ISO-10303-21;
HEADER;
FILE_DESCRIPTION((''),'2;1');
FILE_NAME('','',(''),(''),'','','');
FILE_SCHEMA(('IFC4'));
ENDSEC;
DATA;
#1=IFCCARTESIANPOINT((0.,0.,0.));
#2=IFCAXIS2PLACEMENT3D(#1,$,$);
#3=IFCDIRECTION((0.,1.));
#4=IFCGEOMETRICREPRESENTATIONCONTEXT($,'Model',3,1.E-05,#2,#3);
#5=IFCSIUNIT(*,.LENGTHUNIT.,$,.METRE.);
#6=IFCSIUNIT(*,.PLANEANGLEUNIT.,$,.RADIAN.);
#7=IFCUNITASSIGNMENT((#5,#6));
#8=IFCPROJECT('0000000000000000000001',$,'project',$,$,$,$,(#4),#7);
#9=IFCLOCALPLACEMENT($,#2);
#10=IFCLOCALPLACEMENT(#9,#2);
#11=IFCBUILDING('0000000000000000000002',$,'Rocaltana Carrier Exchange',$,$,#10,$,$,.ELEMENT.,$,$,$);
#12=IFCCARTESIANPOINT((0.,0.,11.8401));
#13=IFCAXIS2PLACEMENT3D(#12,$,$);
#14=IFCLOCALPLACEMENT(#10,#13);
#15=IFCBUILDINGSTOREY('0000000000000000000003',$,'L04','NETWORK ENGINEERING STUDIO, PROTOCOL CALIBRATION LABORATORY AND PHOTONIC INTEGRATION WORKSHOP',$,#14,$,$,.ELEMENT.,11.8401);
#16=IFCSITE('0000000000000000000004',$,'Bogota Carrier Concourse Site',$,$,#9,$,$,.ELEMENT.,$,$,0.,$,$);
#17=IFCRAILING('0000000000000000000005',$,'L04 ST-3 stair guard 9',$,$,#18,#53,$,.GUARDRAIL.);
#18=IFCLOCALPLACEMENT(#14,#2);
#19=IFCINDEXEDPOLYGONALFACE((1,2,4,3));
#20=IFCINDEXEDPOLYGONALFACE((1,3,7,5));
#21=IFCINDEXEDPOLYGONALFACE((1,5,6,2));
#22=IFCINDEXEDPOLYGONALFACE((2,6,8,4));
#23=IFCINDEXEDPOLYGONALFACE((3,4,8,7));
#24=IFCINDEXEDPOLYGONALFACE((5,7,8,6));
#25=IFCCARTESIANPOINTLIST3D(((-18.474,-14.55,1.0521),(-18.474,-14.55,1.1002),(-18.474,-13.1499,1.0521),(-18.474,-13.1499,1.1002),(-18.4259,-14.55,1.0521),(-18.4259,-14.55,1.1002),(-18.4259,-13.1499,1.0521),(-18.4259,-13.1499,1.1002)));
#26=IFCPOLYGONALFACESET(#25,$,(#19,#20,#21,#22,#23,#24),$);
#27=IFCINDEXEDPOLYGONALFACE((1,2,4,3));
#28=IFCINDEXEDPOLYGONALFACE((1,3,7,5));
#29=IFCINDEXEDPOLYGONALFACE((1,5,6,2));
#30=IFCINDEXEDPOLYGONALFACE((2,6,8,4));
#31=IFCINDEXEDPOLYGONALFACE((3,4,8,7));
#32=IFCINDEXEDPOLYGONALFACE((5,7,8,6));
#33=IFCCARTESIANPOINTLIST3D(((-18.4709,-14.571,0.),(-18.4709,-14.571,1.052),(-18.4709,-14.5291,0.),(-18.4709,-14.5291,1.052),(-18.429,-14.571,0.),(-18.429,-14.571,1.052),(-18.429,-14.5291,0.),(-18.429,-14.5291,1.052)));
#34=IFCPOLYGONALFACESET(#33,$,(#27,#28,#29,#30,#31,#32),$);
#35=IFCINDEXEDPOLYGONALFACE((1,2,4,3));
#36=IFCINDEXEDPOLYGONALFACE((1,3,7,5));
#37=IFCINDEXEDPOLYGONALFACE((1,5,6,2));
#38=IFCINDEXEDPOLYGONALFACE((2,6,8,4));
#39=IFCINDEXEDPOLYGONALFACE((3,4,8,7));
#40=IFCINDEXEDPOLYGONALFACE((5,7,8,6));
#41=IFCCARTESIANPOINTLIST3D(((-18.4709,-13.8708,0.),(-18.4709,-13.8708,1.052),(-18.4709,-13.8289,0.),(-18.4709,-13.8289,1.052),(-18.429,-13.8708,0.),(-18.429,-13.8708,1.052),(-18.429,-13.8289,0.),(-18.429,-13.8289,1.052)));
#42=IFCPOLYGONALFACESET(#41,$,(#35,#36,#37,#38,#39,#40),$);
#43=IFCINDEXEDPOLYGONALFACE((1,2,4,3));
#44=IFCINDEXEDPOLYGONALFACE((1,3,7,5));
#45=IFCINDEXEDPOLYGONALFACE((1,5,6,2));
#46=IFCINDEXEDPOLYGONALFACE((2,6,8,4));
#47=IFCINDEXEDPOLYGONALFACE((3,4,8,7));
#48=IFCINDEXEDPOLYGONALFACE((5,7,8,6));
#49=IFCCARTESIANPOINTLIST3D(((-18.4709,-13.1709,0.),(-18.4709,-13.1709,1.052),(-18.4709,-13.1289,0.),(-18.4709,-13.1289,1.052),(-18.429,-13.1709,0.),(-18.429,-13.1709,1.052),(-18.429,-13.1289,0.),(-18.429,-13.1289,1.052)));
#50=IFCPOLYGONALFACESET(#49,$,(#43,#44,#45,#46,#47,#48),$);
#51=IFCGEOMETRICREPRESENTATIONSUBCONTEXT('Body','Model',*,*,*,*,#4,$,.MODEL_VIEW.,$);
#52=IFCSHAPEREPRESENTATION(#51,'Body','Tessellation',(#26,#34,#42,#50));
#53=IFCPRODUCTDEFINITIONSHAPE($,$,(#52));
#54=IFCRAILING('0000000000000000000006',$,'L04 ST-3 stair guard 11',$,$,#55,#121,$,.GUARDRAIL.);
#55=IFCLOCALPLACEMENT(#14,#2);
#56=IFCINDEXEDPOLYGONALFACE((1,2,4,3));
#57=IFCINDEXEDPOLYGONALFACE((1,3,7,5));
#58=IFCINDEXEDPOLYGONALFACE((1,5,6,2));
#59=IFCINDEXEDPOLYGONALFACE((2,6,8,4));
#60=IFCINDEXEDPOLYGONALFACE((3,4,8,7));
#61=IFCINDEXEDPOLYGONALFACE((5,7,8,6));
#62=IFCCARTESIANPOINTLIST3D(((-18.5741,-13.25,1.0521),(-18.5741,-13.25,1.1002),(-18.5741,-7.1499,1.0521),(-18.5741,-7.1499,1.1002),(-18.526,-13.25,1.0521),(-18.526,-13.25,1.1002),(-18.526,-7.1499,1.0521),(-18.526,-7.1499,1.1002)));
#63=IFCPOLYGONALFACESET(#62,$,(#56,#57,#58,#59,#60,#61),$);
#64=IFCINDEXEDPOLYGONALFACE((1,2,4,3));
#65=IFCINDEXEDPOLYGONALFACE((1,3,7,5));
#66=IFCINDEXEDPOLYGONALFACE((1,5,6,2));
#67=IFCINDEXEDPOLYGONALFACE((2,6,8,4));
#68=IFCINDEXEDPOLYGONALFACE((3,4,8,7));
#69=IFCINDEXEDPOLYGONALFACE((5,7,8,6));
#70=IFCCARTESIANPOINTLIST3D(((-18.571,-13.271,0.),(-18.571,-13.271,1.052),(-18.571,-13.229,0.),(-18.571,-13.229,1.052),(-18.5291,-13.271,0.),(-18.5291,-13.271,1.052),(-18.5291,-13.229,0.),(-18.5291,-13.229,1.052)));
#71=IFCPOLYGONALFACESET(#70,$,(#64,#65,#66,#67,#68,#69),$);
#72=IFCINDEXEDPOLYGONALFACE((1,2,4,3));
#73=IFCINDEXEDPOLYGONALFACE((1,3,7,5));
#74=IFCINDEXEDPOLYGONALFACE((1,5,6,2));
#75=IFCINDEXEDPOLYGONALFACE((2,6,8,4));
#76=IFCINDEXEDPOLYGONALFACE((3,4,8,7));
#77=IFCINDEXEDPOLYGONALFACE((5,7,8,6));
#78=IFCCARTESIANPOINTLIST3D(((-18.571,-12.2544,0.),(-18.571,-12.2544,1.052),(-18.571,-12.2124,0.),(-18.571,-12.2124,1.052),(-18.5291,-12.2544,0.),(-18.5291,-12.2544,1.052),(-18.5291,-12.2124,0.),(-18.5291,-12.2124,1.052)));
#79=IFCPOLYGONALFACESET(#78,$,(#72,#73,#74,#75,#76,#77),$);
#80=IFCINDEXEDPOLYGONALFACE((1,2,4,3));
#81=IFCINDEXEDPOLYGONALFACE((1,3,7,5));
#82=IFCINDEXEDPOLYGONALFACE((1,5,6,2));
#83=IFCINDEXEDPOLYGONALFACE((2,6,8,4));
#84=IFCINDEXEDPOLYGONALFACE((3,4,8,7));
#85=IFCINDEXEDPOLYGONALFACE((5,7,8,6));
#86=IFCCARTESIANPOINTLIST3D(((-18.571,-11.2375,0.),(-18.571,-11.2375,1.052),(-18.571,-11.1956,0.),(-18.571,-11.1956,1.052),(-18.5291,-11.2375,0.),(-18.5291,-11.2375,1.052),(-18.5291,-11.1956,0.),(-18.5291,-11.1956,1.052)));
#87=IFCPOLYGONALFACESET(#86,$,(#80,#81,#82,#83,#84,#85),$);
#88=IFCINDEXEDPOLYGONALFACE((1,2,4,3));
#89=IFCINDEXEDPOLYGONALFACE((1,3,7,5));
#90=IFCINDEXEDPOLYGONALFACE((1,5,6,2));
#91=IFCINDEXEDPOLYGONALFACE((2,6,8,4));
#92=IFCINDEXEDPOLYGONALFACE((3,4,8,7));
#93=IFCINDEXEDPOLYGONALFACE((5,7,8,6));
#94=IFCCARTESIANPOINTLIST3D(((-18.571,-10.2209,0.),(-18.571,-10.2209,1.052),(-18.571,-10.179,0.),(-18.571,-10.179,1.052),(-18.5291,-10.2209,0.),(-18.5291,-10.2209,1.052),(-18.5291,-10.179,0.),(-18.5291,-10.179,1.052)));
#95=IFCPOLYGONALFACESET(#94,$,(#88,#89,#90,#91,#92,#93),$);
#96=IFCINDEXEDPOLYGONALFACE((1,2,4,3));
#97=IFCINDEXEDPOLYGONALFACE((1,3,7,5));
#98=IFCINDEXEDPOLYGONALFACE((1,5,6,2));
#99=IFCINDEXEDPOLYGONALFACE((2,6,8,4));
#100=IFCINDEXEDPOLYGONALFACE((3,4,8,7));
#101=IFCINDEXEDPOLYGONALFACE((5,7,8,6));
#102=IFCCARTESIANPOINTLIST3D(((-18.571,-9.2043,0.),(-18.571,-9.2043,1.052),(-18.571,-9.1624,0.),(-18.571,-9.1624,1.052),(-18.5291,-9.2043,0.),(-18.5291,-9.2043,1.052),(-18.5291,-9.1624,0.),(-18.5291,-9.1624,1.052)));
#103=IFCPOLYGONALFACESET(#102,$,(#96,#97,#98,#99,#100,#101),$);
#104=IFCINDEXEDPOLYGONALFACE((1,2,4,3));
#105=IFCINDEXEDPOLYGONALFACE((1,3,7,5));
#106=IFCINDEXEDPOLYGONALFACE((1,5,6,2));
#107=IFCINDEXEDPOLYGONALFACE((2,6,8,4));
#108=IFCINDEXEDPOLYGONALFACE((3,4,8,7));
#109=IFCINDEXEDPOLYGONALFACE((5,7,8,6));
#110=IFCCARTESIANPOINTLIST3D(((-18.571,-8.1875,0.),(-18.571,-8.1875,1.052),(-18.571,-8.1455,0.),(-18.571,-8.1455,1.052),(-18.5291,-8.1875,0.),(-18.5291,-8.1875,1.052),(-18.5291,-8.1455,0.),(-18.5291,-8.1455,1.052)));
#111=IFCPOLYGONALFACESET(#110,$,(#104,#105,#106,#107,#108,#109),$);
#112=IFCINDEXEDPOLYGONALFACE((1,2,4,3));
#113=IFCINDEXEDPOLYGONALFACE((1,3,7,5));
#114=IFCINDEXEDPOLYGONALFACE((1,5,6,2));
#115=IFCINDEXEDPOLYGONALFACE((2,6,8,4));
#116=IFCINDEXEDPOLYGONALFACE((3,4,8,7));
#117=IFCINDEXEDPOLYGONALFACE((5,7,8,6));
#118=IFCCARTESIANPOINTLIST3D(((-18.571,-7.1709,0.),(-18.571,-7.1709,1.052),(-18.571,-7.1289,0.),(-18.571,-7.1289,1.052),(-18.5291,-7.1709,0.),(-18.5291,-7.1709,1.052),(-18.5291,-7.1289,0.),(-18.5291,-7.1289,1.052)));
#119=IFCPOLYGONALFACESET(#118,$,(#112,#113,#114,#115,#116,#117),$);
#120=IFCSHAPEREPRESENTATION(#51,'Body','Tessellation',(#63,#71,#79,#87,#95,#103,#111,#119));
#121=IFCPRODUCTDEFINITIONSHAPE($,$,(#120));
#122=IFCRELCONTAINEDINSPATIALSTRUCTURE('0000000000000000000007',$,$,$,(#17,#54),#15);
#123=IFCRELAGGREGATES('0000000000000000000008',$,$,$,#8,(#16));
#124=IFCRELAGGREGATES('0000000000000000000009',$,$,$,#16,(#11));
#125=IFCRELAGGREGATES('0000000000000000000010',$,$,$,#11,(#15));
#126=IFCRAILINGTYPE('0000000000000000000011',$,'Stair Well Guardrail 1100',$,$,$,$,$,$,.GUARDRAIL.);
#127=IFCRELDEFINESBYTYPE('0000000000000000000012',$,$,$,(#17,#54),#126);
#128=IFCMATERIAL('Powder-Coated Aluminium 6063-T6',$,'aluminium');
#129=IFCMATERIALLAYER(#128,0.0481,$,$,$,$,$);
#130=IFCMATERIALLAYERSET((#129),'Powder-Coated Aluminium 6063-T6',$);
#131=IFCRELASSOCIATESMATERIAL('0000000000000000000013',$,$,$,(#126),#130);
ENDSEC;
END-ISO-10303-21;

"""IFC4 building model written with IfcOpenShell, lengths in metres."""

from ifc_helpers import new_model, si_unit, direction, frame, origin, origin_2d, place, context, subcontext, project, spatial, rectangle, extrude, material, layer, layer_set, type_object, element, save


model = new_model("IFC4")

# Units and contexts
model_context = context("Model", 3, precision=1e-05, world=origin(), true_north=direction((0.0, 1.0)))
body_context = subcontext(model_context, "Body", "Model", "MODEL_VIEW")
ifc_project = project(units=[si_unit("LENGTHUNIT", "METRE"), si_unit("PLANEANGLEUNIT", "RADIAN")], contexts=[model_context])

# Site, building, storey
site_placement = place(None, origin())
site = spatial("IfcSite", under=ifc_project, at=site_placement, Name="Bogota Carrier Concourse Site", CompositionType="ELEMENT", RefElevation=0.0)
building_placement = place(site_placement, origin())
building = spatial("IfcBuilding", under=site, at=building_placement, Name="Rocaltana Carrier Exchange", CompositionType="ELEMENT")
storey_placement = place(building_placement, frame((0.0, 0.0, 11.8401)))
storey = spatial("IfcBuildingStorey", under=building, at=storey_placement, Name="L04", Description="NETWORK ENGINEERING STUDIO, PROTOCOL CALIBRATION LABORATORY AND PHOTONIC INTEGRATION WORKSHOP", CompositionType="ELEMENT", Elevation=11.8401)

# Railings
ifc_material_1 = material(Name="Powder-Coated Aluminium 6063-T6", Category="aluminium")
ifc_layer_1 = layer(ifc_material_1, 0.0481)
ifc_layer_set_1 = layer_set([ifc_layer_1], Name="Powder-Coated Aluminium 6063-T6")
railing_type_1 = type_object("IfcRailingType", Name="Stair Well Guardrail 1100", PredefinedType="GUARDRAIL", material=ifc_layer_set_1)
railing_1_placement = place(storey_placement, frame((-18.45, -14.55, 0.0)))
element("IfcRailing", 1, at=railing_1_placement, inside=storey, type_object=railing_type_1, Name="L04 ST-3 stair guard 9", PredefinedType="GUARDRAIL", context=body_context, shape_type="SweptSolid", body=[
    extrude(rectangle(XDim=0.0481, YDim=0.0481, at=origin_2d()), frame((0.0, 0.0, 1.0762), z_axis=(0.0, 1.0, 0.0), x_axis=(-1.0, 0.0, 0.0)), (0.0, 0.0, 1.0), 1.4001),
    extrude(rectangle(XDim=0.042, YDim=0.042, at=origin_2d()), origin(), (0.0, 0.0, 1.0), 1.052),
    extrude(rectangle(XDim=0.042, YDim=0.042, at=origin_2d()), frame((0.0, 0.7002, 0.0)), (0.0, 0.0, 1.0), 1.052),
    extrude(rectangle(XDim=0.042, YDim=0.042, at=origin_2d()), frame((0.0, 1.4001, 0.0)), (0.0, 0.0, 1.0), 1.052),
])
railing_2_placement = place(storey_placement, frame((-18.55, -13.25, 0.0)))
element("IfcRailing", 2, at=railing_2_placement, inside=storey, type_object=railing_type_1, Name="L04 ST-3 stair guard 11", PredefinedType="GUARDRAIL", context=body_context, shape_type="SweptSolid", body=[
    extrude(rectangle(XDim=0.0481, YDim=0.0481, at=origin_2d()), frame((0.0, 0.0, 1.0762), z_axis=(0.0, 1.0, 0.0), x_axis=(-1.0, 0.0, 0.0)), (0.0, 0.0, 1.0), 6.1001),
    extrude(rectangle(XDim=0.042, YDim=0.042, at=origin_2d()), origin(), (0.0, 0.0, 1.0), 1.052),
    extrude(rectangle(XDim=0.042, YDim=0.042, at=origin_2d()), frame((0.0, 1.0166, 0.0)), (0.0, 0.0, 1.0), 1.052),
    extrude(rectangle(XDim=0.042, YDim=0.042, at=origin_2d()), frame((0.0, 2.0334, 0.0)), (0.0, 0.0, 1.0), 1.052),
    extrude(rectangle(XDim=0.042, YDim=0.042, at=origin_2d()), frame((0.0, 3.05, 0.0)), (0.0, 0.0, 1.0), 1.052),
    extrude(rectangle(XDim=0.042, YDim=0.042, at=origin_2d()), frame((0.0, 4.0667, 0.0)), (0.0, 0.0, 1.0), 1.052),
    extrude(rectangle(XDim=0.042, YDim=0.042, at=origin_2d()), frame((0.0, 5.0835, 0.0)), (0.0, 0.0, 1.0), 1.052),
    extrude(rectangle(XDim=0.042, YDim=0.042, at=origin_2d()), frame((0.0, 6.1001, 0.0)), (0.0, 0.0, 1.0), 1.052),
])

save(model, "model.ifc")
